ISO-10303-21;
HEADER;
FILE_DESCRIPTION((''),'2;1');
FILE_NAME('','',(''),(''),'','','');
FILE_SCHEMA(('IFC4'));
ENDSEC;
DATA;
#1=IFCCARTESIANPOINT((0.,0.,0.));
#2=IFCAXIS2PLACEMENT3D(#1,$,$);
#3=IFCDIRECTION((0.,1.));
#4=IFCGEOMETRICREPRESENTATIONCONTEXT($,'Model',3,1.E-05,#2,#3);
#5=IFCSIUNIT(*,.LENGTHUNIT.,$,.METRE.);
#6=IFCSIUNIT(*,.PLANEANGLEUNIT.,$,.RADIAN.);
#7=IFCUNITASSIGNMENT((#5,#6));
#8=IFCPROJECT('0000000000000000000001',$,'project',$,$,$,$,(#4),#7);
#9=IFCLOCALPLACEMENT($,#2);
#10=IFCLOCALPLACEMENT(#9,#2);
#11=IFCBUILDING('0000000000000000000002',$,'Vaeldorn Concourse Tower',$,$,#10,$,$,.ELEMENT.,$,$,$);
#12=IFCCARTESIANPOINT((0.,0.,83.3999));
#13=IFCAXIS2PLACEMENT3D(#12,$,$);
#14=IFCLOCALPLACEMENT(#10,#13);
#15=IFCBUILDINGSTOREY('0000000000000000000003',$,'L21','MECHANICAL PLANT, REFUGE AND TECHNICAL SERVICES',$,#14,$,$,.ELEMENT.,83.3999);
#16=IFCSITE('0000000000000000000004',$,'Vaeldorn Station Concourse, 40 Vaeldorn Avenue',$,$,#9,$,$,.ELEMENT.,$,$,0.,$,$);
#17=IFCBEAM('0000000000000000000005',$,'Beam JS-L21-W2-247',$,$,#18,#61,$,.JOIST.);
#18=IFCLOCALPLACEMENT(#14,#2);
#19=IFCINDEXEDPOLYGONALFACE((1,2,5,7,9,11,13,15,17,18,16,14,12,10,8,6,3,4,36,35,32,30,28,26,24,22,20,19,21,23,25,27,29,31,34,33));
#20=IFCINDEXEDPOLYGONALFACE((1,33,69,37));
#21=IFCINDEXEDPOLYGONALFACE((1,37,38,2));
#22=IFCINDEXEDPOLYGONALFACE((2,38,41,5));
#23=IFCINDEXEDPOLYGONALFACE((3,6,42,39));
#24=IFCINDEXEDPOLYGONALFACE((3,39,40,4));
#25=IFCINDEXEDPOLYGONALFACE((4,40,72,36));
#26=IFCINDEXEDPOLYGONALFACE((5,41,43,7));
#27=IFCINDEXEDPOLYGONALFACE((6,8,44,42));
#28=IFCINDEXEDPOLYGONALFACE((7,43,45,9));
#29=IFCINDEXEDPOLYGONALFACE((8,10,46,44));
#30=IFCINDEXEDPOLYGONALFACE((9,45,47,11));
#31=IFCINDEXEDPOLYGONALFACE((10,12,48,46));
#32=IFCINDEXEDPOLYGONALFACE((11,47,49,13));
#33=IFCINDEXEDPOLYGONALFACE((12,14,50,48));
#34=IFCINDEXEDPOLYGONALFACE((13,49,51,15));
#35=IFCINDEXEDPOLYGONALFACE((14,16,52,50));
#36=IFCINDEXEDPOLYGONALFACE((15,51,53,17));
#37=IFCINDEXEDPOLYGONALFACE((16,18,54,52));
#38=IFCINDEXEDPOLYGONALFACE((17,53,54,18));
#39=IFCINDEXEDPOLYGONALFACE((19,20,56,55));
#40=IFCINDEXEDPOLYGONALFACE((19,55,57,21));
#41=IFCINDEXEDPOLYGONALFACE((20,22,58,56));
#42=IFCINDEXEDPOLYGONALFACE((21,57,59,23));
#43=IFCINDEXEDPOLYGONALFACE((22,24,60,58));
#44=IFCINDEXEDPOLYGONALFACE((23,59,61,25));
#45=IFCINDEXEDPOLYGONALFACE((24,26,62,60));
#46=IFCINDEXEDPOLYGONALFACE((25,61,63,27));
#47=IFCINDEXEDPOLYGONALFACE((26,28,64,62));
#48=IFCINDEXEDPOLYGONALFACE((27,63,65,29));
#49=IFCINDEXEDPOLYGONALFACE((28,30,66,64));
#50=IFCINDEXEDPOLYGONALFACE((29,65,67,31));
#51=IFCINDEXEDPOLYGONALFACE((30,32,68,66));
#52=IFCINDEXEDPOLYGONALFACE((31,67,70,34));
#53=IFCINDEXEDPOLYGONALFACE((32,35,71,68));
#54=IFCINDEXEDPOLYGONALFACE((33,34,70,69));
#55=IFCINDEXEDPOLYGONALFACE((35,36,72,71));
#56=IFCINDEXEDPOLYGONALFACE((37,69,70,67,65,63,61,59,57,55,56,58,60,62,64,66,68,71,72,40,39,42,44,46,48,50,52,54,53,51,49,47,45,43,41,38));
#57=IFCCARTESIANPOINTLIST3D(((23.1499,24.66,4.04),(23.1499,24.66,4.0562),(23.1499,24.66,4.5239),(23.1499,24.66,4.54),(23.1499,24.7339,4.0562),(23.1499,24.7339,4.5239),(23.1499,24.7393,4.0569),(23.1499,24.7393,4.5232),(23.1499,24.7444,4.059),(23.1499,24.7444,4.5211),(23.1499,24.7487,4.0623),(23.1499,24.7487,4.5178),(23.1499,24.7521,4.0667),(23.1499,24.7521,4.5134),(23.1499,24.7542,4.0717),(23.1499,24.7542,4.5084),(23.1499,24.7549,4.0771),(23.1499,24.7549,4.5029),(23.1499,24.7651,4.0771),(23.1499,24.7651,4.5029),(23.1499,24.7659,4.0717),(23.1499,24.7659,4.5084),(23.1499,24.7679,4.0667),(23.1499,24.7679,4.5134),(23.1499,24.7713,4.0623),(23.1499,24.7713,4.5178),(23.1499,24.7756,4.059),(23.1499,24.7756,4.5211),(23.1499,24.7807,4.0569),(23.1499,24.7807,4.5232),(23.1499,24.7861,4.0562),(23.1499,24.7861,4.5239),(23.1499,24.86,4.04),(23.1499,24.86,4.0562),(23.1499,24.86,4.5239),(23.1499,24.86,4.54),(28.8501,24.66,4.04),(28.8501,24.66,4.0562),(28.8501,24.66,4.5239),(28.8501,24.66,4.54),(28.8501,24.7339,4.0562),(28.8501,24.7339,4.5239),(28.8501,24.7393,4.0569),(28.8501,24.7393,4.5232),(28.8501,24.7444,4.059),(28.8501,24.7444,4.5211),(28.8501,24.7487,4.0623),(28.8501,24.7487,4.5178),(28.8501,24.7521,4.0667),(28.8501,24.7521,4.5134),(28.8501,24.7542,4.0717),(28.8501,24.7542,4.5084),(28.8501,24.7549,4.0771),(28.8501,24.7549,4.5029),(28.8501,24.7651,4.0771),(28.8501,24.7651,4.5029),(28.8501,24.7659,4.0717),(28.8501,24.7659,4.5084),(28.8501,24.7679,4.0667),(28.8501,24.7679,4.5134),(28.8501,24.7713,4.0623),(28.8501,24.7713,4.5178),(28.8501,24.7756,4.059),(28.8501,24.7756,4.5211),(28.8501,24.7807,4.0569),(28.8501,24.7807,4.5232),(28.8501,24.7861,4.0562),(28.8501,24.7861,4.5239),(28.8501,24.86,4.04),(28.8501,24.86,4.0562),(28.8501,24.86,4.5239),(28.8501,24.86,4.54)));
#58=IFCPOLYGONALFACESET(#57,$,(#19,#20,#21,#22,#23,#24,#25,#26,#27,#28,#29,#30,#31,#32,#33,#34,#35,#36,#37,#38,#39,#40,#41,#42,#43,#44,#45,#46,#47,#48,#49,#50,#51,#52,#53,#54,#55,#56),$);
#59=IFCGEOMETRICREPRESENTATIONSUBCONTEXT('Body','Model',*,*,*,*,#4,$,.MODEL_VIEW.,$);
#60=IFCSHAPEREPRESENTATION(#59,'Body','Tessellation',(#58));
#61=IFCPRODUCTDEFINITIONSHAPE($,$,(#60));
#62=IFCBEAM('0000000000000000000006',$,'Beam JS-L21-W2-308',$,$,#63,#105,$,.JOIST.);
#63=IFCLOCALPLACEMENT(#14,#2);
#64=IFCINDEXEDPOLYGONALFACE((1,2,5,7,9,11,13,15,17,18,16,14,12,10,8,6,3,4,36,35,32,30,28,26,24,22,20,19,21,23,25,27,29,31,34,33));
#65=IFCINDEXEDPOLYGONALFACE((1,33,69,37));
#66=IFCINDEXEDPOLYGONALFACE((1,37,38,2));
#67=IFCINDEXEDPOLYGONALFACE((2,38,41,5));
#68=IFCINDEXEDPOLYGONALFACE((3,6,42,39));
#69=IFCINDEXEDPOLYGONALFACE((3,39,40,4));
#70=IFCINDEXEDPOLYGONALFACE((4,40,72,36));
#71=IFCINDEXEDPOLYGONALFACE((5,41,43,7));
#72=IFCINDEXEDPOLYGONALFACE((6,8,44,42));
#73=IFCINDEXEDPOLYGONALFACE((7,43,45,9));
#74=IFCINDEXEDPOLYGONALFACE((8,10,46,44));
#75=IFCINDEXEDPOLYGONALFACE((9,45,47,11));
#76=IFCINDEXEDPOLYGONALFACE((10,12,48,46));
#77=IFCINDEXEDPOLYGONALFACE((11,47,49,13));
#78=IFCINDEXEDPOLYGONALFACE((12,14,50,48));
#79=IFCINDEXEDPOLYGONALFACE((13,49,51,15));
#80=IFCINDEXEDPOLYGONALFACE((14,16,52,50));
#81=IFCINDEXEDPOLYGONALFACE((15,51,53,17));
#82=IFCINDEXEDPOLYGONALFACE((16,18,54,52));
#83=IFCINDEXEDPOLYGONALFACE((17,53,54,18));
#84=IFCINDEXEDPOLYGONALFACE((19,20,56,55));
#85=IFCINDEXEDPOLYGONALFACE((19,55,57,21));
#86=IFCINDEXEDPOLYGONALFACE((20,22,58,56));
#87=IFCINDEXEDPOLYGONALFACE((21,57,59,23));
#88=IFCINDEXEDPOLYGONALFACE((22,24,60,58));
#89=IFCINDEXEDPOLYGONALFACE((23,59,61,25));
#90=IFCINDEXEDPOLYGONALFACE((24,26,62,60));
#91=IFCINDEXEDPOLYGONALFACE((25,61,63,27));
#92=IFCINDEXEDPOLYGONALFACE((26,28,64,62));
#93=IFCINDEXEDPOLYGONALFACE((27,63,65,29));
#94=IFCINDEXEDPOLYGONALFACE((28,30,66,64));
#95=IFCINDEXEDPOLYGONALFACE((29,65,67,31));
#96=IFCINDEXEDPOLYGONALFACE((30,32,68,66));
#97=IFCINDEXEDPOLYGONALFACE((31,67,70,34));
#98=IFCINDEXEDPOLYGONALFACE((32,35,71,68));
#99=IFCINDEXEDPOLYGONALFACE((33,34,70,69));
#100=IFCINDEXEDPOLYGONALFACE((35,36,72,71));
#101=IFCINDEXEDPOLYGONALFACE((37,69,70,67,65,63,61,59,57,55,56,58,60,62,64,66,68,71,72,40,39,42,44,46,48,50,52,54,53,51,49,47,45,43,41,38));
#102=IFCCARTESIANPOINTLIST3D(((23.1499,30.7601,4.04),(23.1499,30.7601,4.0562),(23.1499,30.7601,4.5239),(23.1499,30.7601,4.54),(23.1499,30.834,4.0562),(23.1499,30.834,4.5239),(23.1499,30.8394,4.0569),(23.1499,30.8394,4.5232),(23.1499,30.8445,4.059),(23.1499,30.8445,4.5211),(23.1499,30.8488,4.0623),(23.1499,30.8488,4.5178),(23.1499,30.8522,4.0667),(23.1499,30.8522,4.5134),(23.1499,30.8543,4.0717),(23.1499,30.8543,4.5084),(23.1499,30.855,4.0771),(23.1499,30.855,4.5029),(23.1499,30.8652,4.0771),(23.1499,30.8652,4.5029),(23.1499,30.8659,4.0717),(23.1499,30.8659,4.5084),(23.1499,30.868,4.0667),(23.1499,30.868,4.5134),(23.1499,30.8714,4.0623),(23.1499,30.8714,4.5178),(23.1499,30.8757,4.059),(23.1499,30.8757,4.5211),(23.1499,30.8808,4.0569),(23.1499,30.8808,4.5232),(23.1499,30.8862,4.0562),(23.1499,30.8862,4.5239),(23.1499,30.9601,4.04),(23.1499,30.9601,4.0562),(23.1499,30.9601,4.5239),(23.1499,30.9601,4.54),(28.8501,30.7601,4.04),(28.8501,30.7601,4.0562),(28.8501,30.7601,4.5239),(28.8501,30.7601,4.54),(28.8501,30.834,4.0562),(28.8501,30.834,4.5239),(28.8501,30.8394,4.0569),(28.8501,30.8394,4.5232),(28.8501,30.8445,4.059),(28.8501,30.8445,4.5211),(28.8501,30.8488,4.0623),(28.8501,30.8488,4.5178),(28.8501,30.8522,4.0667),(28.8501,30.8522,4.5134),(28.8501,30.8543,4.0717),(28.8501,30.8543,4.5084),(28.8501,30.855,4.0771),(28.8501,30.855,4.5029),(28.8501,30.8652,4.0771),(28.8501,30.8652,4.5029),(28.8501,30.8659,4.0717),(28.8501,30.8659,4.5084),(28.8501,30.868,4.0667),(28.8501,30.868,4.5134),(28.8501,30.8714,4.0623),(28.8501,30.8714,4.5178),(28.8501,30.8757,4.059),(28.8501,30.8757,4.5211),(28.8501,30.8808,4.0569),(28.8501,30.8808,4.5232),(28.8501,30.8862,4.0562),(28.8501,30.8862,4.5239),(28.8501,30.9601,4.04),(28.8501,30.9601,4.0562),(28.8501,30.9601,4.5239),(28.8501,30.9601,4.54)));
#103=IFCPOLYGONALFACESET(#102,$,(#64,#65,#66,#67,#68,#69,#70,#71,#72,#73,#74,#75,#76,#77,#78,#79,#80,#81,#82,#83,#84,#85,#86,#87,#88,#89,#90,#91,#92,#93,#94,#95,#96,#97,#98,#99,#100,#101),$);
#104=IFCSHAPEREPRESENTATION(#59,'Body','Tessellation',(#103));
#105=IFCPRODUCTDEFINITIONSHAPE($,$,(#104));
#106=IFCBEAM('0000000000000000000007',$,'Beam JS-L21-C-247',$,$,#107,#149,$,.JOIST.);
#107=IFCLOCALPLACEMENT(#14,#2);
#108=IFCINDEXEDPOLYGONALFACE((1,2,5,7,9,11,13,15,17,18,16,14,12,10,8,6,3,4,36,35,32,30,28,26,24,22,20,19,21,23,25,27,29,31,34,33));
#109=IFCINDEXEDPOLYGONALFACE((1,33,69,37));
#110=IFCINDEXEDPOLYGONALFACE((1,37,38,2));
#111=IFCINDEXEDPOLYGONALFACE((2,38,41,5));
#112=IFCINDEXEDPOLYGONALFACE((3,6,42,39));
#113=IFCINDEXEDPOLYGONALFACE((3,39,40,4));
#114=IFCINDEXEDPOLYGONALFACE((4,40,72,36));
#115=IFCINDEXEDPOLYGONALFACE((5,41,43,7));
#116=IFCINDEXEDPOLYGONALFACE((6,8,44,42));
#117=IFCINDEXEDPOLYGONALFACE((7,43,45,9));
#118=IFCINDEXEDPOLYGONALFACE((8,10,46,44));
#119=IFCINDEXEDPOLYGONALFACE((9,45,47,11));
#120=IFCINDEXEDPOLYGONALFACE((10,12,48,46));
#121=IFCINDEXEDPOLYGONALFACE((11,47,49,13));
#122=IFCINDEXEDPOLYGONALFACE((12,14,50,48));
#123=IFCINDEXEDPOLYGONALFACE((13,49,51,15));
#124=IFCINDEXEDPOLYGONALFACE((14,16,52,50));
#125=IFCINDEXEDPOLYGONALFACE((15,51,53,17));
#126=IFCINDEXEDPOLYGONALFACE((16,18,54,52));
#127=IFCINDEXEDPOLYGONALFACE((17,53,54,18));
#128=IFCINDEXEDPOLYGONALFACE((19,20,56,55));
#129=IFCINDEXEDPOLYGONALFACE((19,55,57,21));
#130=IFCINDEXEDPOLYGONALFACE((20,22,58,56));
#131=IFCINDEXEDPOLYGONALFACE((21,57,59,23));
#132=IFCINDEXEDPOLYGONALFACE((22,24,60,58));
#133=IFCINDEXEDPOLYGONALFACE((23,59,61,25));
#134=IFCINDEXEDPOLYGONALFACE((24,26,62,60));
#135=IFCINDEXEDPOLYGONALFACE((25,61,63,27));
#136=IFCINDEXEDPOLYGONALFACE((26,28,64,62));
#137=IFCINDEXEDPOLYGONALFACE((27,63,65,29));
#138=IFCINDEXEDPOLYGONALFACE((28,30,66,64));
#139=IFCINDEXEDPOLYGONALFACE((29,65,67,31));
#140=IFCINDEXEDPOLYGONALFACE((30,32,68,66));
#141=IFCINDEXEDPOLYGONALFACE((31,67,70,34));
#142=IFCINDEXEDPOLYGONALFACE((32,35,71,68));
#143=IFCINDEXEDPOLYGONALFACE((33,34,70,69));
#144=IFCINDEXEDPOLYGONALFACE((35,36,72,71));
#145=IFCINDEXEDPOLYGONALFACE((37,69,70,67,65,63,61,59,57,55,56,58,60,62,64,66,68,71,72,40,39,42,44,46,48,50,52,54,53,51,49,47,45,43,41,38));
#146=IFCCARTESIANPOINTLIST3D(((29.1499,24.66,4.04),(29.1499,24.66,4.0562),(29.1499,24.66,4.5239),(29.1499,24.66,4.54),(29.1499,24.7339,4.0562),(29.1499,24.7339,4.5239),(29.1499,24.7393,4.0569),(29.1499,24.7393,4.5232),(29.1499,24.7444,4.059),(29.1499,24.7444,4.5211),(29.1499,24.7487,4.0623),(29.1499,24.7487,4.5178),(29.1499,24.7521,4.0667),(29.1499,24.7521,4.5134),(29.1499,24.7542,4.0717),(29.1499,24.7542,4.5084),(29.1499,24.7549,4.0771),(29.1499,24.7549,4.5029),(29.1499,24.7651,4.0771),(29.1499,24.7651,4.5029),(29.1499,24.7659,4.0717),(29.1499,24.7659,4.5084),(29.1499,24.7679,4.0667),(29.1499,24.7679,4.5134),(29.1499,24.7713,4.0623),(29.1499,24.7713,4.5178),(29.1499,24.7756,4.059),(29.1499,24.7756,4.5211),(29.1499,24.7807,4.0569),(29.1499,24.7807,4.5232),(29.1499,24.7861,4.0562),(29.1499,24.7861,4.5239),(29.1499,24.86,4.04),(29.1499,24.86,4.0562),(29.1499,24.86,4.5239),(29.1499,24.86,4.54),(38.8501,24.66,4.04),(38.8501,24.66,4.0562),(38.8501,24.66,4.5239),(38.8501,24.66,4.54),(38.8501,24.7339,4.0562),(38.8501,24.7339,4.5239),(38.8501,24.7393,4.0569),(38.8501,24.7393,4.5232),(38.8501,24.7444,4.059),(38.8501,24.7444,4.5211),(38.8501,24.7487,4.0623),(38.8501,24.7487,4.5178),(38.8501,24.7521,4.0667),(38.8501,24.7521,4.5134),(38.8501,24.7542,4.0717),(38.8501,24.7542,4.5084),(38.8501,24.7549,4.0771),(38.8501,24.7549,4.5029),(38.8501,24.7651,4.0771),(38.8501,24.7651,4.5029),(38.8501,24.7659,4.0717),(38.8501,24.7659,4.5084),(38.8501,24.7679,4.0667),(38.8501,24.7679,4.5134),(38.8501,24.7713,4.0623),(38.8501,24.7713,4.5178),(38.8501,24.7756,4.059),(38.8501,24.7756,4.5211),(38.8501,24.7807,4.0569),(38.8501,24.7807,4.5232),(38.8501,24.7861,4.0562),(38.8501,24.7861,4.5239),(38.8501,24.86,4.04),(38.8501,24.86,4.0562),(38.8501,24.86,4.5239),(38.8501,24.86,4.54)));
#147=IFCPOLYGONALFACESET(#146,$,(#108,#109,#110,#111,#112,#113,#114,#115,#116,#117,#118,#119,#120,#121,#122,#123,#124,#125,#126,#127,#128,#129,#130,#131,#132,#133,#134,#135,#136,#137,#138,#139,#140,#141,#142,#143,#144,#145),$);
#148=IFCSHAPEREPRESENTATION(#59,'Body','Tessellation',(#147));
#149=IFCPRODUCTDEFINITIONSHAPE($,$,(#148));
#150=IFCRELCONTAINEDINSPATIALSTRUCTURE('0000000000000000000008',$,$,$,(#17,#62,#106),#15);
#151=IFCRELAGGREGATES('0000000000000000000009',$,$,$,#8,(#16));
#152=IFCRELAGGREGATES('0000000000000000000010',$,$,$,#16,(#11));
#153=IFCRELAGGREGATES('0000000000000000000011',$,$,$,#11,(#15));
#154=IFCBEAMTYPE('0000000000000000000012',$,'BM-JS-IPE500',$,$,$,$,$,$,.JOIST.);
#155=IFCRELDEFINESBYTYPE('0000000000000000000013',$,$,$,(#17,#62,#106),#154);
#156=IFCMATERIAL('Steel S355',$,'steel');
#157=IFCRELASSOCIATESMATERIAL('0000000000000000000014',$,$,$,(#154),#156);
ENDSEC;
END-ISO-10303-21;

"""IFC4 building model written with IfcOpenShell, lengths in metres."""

from ifc_helpers import new_model, si_unit, direction, frame, origin, origin_2d, place, context, subcontext, project, spatial, i_section, extrude, source, transform, mapped, material, material_profile, profile_set, type_object, element, save


model = new_model("IFC4")

# Units and contexts
model_context = context("Model", 3, precision=1e-05, world=origin(), true_north=direction((0.0, 1.0)))
body_context = subcontext(model_context, "Body", "Model", "MODEL_VIEW")
ifc_project = project(units=[si_unit("LENGTHUNIT", "METRE"), si_unit("PLANEANGLEUNIT", "RADIAN")], contexts=[model_context])

# Site, building, storey
site_placement = place(None, origin())
site = spatial("IfcSite", under=ifc_project, at=site_placement, Name="Vaeldorn Station Concourse, 40 Vaeldorn Avenue", CompositionType="ELEMENT", RefElevation=0.0)
building_placement = place(site_placement, origin())
building = spatial("IfcBuilding", under=site, at=building_placement, Name="Vaeldorn Concourse Tower", CompositionType="ELEMENT")
storey_placement = place(building_placement, frame((0.0, 0.0, 83.3999)))
storey = spatial("IfcBuildingStorey", under=building, at=storey_placement, Name="L21", Description="MECHANICAL PLANT, REFUGE AND TECHNICAL SERVICES", CompositionType="ELEMENT", Elevation=83.3999)

# Beams
ifc_material_1 = material(Name="Steel S355", Category="steel")
ifc_material_profile_1 = material_profile(ifc_material_1, i_section(OverallWidth=0.2, OverallDepth=0.5, WebThickness=0.0103, FlangeThickness=0.0161, FilletRadius=0.021, at=origin_2d()), Name="IPE 500")
ifc_profile_set_1 = profile_set([ifc_material_profile_1], Name="Steel S355")
beam_type_1 = type_object("IfcBeamType", Name="BM-JS-IPE500", PredefinedType="JOIST", material=ifc_profile_set_1)
shared_shape_1 = source(origin(), body_context, "Body", "SweptSolid", [
    extrude(i_section(OverallWidth=0.2, OverallDepth=0.5, WebThickness=0.0103, FlangeThickness=0.0161, FilletRadius=0.021, at=origin_2d()), origin(), (0.0, 0.0, 1.0), 5.7002),
])
for number, where, z_axis, x_axis, name in (
    (1, (23.1499, 24.76, 4.29), (1.0, 0.0, 0.0), (0.0, 1.0, 0.0), "Beam JS-L21-W2-247"),
    (2, (23.1499, 30.8601, 4.29), (1.0, 0.0, 0.0), (0.0, 1.0, 0.0), "Beam JS-L21-W2-308"),
):
    element("IfcBeam", number, at=place(storey_placement, frame(where, z_axis=z_axis, x_axis=x_axis)), inside=storey, type_object=beam_type_1, Name=name, PredefinedType="JOIST", context=body_context, shape_type="MappedRepresentation", body=[
        mapped(shared_shape_1, transform((0.0, 0.0, 0.0), scale=1.0)),
    ])
shared_shape_2 = source(origin(), body_context, "Body", "SweptSolid", [
    extrude(i_section(OverallWidth=0.2, OverallDepth=0.5, WebThickness=0.0103, FlangeThickness=0.0161, FilletRadius=0.021, at=origin_2d()), origin(), (0.0, 0.0, 1.0), 9.7002),
])
beam_1_placement = place(storey_placement, frame((29.1499, 24.76, 4.29), z_axis=(1.0, 0.0, 0.0), x_axis=(0.0, 1.0, 0.0)))
element("IfcBeam", 3, at=beam_1_placement, inside=storey, type_object=beam_type_1, Name="Beam JS-L21-C-247", PredefinedType="JOIST", context=body_context, shape_type="MappedRepresentation", body=[
    mapped(shared_shape_2, transform((0.0, 0.0, 0.0), scale=1.0)),
])

save(model, "model.ifc")
